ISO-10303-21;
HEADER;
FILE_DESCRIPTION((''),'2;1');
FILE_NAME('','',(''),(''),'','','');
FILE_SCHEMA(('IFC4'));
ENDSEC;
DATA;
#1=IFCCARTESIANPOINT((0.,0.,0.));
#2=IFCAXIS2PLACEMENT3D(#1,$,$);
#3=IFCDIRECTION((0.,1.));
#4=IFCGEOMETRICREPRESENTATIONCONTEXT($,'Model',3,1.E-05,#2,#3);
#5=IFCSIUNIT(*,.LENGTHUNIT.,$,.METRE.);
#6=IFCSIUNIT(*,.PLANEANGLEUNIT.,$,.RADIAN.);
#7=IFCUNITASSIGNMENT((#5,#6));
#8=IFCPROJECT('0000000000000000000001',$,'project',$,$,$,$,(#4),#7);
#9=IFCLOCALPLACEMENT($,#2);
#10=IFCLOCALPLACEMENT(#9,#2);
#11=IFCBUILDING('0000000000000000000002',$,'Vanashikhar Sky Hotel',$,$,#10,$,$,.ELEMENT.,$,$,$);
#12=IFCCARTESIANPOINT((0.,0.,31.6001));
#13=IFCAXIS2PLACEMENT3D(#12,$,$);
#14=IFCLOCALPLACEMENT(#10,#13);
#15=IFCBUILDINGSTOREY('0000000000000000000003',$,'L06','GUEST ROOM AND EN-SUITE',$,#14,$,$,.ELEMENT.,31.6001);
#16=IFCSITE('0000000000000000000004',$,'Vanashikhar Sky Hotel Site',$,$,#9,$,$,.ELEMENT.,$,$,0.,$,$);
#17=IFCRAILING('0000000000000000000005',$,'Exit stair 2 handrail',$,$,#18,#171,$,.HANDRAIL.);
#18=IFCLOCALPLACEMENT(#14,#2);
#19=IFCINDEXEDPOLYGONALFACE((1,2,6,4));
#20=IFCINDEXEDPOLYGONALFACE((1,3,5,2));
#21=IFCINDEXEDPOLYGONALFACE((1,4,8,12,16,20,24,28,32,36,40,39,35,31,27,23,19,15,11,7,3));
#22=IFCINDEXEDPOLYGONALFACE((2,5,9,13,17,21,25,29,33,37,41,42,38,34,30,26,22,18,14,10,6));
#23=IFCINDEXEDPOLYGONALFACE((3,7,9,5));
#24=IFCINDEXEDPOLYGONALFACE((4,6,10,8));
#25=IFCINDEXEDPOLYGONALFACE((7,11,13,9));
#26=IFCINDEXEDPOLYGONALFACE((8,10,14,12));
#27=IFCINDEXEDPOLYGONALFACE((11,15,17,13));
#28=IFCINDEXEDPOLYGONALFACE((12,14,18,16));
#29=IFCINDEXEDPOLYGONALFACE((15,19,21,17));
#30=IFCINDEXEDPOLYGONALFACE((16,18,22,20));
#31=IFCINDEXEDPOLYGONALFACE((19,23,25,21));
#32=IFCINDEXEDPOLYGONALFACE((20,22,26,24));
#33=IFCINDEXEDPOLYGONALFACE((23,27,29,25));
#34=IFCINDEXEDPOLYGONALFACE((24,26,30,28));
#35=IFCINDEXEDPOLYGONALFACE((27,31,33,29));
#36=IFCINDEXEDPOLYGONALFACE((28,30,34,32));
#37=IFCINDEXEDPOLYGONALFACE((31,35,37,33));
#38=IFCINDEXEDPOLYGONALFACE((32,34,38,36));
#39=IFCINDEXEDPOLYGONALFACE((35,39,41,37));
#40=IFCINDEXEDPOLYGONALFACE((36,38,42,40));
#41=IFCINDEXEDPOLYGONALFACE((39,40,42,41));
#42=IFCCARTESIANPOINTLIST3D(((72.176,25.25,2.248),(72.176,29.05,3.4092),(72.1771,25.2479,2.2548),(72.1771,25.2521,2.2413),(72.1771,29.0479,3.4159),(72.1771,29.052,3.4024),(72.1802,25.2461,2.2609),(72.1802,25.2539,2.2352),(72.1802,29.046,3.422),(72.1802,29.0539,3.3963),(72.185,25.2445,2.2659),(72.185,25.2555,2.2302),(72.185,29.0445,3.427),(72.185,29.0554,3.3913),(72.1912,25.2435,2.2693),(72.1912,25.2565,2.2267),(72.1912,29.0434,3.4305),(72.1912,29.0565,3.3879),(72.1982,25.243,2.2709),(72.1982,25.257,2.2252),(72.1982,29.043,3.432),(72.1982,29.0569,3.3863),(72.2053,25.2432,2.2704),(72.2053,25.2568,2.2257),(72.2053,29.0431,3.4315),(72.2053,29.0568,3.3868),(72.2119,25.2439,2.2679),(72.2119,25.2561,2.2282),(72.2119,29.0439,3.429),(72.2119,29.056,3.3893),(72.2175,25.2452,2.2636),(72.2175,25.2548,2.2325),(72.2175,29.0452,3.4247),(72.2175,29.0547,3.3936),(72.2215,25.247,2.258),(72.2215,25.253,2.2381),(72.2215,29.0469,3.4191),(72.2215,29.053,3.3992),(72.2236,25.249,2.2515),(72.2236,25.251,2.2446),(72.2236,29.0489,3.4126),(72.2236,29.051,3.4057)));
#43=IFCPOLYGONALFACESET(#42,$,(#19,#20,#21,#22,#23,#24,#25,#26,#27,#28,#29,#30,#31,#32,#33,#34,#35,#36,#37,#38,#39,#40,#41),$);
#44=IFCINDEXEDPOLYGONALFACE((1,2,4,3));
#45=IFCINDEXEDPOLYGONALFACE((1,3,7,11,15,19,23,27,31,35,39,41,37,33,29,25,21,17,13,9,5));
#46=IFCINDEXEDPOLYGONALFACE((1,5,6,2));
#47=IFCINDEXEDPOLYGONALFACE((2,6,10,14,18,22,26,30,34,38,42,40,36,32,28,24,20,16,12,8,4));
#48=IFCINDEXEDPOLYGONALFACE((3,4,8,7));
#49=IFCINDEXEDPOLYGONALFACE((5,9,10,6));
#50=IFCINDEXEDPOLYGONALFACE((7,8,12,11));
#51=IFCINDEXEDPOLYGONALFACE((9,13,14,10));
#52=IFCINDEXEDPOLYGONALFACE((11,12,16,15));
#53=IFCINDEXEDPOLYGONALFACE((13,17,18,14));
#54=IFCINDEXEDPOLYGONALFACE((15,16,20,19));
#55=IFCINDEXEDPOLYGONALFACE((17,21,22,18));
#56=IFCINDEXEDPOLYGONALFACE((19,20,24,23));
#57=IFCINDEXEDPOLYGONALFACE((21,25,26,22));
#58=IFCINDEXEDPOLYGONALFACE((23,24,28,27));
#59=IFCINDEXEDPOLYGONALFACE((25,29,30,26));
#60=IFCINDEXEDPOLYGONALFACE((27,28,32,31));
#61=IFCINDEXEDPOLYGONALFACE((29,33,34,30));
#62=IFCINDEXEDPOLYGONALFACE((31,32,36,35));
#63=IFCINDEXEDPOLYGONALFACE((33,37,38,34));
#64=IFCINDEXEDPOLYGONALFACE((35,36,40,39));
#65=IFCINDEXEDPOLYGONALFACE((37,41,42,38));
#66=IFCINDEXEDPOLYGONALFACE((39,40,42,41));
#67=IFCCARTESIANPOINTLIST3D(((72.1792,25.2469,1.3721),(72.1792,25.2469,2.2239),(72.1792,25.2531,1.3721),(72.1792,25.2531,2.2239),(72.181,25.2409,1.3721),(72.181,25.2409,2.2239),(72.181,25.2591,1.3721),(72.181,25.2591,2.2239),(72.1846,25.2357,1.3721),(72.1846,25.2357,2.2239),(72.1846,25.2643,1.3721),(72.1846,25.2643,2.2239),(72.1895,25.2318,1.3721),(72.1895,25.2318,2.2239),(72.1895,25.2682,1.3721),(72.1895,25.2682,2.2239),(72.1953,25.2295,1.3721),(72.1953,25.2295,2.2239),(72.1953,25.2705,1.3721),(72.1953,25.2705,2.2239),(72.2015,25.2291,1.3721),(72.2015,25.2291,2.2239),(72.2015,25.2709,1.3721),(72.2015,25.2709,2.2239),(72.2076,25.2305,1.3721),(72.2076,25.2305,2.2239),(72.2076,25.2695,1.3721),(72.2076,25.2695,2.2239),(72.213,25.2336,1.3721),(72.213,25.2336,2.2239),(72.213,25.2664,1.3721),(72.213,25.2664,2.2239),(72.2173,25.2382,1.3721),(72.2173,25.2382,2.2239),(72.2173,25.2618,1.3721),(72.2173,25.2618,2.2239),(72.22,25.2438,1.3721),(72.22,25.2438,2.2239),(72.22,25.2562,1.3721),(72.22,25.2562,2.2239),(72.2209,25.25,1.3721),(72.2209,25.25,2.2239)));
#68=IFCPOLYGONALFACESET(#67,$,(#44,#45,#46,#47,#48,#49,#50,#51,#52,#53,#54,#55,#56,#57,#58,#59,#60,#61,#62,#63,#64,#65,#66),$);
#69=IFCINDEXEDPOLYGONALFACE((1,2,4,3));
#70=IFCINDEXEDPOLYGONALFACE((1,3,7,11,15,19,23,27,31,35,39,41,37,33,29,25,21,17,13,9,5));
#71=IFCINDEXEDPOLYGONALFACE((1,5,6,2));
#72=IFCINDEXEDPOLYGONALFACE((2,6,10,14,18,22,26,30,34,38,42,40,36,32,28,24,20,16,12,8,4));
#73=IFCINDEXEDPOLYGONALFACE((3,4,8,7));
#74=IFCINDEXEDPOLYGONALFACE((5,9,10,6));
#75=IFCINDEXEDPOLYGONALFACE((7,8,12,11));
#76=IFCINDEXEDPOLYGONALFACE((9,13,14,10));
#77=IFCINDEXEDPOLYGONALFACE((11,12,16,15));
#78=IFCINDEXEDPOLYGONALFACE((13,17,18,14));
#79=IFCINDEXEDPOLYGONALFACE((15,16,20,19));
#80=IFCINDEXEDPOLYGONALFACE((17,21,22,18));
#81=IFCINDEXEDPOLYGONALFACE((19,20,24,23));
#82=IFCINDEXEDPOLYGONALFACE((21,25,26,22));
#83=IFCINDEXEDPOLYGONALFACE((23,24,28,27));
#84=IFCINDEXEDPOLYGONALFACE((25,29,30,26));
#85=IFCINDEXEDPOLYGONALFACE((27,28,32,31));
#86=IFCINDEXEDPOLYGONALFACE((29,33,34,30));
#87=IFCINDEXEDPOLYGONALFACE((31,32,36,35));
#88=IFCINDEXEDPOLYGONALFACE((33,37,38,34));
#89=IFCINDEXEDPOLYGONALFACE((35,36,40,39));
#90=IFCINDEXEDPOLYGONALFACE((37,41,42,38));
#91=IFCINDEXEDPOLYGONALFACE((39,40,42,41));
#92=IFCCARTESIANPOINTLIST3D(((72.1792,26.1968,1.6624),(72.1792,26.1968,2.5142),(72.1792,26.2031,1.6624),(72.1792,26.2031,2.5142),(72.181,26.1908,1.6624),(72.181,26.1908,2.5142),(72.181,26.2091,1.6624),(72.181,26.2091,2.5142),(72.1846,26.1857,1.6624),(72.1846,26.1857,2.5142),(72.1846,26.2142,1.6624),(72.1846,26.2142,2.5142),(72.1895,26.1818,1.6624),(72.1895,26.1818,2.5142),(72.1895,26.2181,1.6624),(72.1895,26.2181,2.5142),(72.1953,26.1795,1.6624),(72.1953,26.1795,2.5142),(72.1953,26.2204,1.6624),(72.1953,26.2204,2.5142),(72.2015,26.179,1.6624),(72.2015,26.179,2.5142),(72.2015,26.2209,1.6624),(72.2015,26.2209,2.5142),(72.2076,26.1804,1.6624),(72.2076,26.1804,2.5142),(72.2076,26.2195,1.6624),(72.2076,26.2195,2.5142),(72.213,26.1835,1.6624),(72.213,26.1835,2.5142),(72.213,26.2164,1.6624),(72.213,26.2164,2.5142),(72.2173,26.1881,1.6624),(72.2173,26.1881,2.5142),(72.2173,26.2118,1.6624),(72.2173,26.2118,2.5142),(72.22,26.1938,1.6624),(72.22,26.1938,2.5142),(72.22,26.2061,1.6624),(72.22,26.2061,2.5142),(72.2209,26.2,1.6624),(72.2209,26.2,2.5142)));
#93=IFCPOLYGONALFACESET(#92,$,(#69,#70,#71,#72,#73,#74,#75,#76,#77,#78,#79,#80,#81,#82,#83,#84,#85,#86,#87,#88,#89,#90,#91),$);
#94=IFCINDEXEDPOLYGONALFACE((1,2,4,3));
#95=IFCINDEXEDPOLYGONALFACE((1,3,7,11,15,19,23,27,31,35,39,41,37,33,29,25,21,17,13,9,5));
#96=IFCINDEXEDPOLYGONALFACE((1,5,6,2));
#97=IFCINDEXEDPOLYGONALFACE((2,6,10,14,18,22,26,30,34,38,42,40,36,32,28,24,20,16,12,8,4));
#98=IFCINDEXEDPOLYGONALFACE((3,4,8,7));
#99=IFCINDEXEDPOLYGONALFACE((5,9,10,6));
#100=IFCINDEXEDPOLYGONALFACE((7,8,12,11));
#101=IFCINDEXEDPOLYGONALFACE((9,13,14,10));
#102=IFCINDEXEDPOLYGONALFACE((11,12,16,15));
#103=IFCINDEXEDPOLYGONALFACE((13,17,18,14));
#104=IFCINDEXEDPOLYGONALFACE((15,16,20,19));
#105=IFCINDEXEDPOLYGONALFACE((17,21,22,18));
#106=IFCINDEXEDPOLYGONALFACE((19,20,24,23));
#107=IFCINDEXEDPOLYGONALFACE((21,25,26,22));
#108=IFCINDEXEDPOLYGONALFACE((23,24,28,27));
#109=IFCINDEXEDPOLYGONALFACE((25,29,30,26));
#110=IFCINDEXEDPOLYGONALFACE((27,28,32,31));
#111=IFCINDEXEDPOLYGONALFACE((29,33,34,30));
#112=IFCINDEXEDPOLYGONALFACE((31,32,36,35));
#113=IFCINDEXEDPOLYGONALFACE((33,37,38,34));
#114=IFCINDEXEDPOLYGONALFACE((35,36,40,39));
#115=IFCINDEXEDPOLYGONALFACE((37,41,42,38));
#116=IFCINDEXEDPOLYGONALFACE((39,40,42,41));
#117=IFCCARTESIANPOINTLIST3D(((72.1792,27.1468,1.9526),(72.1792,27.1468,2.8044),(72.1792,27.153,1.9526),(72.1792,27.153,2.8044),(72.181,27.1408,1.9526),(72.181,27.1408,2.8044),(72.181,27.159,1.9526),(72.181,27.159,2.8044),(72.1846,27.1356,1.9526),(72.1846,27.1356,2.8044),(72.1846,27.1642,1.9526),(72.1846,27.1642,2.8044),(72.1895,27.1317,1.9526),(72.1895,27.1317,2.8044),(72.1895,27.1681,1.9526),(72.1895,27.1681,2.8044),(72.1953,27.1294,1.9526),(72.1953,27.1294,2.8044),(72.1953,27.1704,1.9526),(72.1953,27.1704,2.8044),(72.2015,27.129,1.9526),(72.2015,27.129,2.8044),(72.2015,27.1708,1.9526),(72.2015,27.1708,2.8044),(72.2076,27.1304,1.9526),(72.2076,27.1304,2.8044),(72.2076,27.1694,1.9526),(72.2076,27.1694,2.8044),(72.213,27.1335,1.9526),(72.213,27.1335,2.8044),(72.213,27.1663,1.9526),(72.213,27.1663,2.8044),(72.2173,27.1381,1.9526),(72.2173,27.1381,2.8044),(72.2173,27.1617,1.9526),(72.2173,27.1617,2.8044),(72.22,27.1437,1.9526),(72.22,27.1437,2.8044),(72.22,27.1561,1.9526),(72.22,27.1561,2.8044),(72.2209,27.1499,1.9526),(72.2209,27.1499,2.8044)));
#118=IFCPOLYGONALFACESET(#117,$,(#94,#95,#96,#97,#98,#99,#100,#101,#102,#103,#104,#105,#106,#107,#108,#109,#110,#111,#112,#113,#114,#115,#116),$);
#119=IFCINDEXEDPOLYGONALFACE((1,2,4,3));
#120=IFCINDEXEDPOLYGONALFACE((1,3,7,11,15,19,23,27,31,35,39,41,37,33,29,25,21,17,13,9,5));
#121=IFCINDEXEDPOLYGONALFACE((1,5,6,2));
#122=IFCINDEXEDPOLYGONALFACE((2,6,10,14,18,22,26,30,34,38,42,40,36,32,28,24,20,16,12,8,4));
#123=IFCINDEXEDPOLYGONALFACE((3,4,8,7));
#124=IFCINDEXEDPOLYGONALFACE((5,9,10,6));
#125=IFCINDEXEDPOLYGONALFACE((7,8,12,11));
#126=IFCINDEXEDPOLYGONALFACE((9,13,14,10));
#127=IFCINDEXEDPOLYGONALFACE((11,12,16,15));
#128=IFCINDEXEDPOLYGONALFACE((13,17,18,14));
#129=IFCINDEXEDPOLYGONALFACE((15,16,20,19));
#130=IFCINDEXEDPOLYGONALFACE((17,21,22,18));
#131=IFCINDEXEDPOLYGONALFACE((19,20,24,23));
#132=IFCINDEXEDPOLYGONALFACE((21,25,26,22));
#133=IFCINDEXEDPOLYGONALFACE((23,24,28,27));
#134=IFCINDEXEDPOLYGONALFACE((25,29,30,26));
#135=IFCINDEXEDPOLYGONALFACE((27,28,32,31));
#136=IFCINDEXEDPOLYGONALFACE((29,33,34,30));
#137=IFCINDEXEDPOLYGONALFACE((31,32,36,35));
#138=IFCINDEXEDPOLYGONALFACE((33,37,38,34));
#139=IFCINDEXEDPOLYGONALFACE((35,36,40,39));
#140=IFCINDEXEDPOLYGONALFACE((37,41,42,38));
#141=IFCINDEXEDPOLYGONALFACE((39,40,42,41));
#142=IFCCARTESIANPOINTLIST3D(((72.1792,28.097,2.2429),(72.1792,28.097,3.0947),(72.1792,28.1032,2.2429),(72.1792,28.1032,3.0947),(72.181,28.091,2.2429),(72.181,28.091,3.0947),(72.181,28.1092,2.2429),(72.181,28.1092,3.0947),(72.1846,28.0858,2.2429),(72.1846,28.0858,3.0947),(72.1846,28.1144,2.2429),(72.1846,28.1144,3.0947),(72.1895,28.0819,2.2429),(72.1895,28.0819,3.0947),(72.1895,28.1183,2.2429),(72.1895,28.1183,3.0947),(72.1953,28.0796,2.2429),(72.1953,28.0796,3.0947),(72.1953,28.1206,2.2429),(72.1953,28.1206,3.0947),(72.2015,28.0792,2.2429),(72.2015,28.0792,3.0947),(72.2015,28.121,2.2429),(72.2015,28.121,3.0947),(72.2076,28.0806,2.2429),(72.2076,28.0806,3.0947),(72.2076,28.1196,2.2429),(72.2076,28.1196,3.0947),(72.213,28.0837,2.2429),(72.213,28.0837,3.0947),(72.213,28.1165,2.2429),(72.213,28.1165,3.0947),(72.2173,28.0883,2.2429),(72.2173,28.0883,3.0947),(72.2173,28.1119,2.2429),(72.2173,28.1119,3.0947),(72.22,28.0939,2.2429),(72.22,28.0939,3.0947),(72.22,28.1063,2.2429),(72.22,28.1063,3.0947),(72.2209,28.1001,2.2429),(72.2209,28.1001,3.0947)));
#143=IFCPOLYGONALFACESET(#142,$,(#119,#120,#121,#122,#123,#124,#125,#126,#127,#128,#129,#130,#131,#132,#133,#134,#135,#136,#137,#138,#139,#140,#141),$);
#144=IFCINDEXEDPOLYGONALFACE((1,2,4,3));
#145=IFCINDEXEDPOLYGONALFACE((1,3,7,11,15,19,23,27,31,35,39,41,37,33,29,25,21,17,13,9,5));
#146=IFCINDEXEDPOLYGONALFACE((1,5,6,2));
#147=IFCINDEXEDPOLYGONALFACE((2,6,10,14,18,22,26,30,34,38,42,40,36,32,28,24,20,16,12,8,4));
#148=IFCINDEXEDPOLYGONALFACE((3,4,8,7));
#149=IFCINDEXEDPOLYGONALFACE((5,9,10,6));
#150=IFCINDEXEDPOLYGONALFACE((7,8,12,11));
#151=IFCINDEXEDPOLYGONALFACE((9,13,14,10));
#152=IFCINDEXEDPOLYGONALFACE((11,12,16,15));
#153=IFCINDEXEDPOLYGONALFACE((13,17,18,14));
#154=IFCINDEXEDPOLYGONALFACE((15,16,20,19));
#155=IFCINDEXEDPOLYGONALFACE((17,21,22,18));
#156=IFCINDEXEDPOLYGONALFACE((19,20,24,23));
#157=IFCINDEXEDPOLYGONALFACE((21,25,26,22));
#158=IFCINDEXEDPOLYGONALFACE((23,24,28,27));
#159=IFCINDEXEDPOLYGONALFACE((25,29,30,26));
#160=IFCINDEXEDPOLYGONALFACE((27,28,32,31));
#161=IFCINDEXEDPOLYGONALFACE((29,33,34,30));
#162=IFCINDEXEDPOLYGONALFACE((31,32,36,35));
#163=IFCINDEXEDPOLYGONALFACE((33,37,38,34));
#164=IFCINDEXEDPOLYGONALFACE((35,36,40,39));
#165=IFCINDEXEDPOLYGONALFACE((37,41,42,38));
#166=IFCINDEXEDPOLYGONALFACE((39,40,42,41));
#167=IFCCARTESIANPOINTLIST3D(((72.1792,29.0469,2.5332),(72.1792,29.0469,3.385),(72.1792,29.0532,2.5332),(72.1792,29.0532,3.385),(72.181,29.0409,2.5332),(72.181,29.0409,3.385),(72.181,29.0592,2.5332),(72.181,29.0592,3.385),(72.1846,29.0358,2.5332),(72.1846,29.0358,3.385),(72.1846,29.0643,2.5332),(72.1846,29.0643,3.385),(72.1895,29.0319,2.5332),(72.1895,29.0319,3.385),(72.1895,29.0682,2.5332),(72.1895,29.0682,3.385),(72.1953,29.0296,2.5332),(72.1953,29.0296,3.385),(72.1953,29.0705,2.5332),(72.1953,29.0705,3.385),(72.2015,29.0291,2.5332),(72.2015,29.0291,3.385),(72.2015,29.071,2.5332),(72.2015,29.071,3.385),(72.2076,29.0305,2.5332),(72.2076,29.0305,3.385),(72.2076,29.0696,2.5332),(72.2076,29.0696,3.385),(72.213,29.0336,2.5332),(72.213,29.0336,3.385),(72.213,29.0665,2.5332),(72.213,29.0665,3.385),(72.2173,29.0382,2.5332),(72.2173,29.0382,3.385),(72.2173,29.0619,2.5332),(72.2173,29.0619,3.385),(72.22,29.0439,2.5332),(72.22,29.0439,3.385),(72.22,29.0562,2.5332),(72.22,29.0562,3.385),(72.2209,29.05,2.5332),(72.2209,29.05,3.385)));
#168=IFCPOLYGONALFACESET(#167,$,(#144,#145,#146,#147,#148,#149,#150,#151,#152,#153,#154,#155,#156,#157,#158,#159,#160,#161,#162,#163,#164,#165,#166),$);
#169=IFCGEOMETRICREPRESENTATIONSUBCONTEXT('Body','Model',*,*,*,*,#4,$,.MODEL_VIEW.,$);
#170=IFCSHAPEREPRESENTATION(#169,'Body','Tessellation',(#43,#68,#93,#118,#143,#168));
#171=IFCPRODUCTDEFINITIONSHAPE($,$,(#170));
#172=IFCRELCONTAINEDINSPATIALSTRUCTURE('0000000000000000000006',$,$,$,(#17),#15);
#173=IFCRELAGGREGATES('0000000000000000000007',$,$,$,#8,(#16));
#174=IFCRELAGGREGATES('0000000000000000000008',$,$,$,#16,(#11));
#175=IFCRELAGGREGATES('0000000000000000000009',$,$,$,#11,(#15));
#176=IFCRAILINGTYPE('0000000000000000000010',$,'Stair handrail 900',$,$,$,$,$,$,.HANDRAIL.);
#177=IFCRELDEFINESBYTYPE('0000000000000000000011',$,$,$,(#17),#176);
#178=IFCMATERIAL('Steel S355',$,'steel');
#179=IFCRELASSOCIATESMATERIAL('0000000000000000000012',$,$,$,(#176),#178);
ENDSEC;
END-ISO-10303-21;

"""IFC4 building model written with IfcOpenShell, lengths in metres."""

from ifc_helpers import new_model, si_unit, direction, frame, origin, origin_2d, place, context, subcontext, project, spatial, circle, extrude, source, transform, mapped, material, type_object, element, save


model = new_model("IFC4")

# Units and contexts
model_context = context("Model", 3, precision=1e-05, world=origin(), true_north=direction((0.0, 1.0)))
body_context = subcontext(model_context, "Body", "Model", "MODEL_VIEW")
ifc_project = project(units=[si_unit("LENGTHUNIT", "METRE"), si_unit("PLANEANGLEUNIT", "RADIAN")], contexts=[model_context])

# Site, building, storey
site_placement = place(None, origin())
site = spatial("IfcSite", under=ifc_project, at=site_placement, Name="Vanashikhar Sky Hotel Site", CompositionType="ELEMENT", RefElevation=0.0)
building_placement = place(site_placement, origin())
building = spatial("IfcBuilding", under=site, at=building_placement, Name="Vanashikhar Sky Hotel", CompositionType="ELEMENT")
storey_placement = place(building_placement, frame((0.0, 0.0, 31.6001)))
storey = spatial("IfcBuildingStorey", under=building, at=storey_placement, Name="L06", Description="GUEST ROOM AND EN-SUITE", CompositionType="ELEMENT", Elevation=31.6001)

# Railing
ifc_material_1 = material(Name="Steel S355", Category="steel")
railing_type_1 = type_object("IfcRailingType", Name="Stair handrail 900", PredefinedType="HANDRAIL", material=ifc_material_1)
shared_shape_1 = source(origin(), body_context, "Body", "SweptSolid", [
    extrude(circle(Radius=0.0239, at=origin_2d()), frame((0.0, 0.0, 0.876), z_axis=(0.0, 0.956351, 0.29222), x_axis=(-1.0, 0.0, 0.0)), (0.0, 0.0, 1.0), 3.9734),
    extrude(circle(Radius=0.021, at=origin_2d()), origin(), (0.0, 0.0, 1.0), 0.8518),
    extrude(circle(Radius=0.021, at=origin_2d()), frame((0.0, 0.95, 0.2903)), (0.0, 0.0, 1.0), 0.8518),
    extrude(circle(Radius=0.021, at=origin_2d()), frame((0.0, 1.8999, 0.5806)), (0.0, 0.0, 1.0), 0.8518),
    extrude(circle(Radius=0.021, at=origin_2d()), frame((0.0, 2.8501, 0.8708)), (0.0, 0.0, 1.0), 0.8518),
    extrude(circle(Radius=0.021, at=origin_2d()), frame((0.0, 3.8, 1.1611)), (0.0, 0.0, 1.0), 0.8518),
])
for number, where, name in (
    (1, (72.2, 25.25, 1.3721), "Exit stair 2 handrail"),
):
    element("IfcRailing", number, at=place(storey_placement, frame(where)), inside=storey, type_object=railing_type_1, Name=name, PredefinedType="HANDRAIL", context=body_context, shape_type="MappedRepresentation", body=[
        mapped(shared_shape_1, transform((0.0, 0.0, 0.0), scale=1.0)),
    ])

save(model, "model.ifc")
